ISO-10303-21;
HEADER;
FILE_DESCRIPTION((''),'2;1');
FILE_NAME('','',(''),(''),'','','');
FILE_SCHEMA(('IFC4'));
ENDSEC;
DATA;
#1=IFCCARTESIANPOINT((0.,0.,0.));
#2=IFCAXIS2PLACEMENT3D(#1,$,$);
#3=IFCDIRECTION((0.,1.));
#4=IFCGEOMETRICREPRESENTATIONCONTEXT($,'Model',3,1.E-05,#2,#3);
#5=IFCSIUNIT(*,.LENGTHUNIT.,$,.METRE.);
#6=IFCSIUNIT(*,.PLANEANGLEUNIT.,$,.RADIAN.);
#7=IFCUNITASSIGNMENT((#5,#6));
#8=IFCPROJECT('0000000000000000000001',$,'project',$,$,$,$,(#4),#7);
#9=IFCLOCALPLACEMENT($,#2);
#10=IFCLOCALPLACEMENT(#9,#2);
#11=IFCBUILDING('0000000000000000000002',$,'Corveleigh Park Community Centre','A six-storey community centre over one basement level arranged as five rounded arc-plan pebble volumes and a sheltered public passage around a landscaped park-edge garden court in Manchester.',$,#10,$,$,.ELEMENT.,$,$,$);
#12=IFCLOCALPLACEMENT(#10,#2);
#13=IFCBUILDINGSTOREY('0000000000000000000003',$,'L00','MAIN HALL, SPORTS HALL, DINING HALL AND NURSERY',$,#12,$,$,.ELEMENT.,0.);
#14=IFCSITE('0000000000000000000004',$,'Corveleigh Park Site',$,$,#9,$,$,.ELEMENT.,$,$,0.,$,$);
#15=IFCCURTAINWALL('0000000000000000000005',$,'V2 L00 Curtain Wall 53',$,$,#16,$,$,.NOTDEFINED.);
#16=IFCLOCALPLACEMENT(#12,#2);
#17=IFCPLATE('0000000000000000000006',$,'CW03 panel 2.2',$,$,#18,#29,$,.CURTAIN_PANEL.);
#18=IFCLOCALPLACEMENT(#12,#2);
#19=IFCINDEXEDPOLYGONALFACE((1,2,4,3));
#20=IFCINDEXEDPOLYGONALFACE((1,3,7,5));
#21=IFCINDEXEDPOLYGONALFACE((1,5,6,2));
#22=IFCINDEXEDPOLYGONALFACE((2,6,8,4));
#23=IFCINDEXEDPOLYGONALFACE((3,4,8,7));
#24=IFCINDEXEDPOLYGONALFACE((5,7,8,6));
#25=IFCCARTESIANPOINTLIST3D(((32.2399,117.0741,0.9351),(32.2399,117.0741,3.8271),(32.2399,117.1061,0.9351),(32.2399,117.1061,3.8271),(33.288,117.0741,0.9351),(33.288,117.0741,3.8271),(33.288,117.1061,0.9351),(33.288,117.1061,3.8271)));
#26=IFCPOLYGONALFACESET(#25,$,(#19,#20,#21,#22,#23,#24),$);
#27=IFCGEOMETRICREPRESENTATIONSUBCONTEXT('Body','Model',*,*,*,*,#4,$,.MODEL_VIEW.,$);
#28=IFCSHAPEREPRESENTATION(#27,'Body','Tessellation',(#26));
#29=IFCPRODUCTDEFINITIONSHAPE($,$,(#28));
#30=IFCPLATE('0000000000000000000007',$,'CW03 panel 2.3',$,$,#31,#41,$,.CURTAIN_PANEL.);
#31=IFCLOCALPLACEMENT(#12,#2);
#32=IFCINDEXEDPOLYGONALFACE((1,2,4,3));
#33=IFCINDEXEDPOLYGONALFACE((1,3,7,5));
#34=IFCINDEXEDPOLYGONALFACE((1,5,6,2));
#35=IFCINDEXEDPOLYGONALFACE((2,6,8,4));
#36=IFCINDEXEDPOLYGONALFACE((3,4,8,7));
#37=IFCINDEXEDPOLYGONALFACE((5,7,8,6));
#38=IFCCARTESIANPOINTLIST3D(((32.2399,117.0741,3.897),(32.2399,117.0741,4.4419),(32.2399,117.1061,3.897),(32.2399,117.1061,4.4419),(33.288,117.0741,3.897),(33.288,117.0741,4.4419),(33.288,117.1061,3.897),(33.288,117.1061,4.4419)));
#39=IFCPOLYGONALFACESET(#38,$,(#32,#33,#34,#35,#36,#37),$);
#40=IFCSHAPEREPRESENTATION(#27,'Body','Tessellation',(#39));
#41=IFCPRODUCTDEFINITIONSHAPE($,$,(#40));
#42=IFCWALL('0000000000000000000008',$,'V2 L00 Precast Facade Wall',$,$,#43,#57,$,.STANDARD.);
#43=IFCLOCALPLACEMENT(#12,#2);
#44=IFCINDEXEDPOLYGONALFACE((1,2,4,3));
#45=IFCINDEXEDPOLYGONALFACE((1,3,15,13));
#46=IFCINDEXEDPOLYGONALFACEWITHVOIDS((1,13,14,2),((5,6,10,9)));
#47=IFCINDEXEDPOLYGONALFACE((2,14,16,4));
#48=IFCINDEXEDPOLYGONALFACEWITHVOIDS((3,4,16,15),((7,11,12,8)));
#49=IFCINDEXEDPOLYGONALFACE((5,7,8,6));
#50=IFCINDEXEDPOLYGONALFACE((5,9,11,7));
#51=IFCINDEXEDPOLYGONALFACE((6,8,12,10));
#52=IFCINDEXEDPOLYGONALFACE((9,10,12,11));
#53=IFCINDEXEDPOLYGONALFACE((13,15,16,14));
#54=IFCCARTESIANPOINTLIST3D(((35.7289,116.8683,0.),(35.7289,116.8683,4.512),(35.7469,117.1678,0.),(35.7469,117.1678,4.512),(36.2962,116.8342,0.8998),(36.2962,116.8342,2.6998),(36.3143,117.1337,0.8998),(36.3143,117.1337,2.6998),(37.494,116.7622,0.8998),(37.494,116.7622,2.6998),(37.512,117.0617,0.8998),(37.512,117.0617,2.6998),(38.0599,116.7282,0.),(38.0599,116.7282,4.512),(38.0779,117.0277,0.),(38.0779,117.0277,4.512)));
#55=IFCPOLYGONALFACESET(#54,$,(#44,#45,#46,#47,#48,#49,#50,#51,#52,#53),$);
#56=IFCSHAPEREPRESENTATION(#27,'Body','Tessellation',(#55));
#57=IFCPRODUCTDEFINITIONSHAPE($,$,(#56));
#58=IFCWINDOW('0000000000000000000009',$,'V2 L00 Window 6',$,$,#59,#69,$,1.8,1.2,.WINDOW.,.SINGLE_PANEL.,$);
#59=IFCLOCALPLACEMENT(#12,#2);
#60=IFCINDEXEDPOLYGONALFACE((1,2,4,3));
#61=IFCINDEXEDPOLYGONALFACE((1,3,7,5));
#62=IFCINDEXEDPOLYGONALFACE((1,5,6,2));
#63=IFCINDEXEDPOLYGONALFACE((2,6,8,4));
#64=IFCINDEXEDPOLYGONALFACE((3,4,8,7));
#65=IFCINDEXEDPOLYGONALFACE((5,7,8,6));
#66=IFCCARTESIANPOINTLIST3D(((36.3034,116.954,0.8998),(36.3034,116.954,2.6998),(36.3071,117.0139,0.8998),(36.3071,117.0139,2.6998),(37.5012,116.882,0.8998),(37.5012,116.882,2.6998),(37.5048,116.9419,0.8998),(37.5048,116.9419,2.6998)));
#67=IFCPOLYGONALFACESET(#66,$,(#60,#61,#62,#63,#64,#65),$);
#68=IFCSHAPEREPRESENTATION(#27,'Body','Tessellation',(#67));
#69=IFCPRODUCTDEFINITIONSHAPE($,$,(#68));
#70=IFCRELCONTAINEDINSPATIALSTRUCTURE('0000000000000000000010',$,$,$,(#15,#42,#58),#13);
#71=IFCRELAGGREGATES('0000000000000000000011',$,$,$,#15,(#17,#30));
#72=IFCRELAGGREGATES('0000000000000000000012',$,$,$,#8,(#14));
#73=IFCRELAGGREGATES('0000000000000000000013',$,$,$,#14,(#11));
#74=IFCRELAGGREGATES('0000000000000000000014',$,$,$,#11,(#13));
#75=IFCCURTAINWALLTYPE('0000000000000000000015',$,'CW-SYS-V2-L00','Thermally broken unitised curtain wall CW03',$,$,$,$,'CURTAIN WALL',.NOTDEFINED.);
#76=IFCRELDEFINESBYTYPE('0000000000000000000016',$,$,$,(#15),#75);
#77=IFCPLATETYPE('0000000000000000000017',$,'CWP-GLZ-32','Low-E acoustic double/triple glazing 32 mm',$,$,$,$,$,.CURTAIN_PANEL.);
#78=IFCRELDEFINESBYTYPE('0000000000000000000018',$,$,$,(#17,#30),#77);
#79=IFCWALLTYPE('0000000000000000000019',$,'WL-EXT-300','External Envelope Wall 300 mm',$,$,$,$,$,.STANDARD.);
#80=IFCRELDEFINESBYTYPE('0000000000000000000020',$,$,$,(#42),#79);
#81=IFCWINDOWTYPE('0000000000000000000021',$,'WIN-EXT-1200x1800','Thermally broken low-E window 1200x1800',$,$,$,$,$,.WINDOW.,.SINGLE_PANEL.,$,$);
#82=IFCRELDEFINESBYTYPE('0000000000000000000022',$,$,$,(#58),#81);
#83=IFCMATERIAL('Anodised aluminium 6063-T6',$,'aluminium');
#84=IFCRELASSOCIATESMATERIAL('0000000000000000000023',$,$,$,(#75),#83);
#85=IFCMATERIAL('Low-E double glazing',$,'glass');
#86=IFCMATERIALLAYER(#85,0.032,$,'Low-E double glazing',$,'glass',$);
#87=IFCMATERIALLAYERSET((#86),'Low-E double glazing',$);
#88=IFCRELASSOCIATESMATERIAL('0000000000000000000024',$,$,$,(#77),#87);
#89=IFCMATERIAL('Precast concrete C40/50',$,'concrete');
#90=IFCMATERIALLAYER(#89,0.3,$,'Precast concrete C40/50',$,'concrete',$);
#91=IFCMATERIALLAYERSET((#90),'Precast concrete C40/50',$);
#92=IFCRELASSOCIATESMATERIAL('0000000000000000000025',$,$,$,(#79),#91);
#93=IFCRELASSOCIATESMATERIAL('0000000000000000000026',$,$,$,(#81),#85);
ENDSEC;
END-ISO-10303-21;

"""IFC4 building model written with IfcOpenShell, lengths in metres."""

from ifc_helpers import new_model, si_unit, direction, frame, frame_2d, origin, origin_2d, place, context, subcontext, project, spatial, rectangle, extrude, material, layer, layer_set, type_object, element, fill, aggregate, save


model = new_model("IFC4")

# Units and contexts
model_context = context("Model", 3, precision=1e-05, world=origin(), true_north=direction((0.0, 1.0)))
body_context = subcontext(model_context, "Body", "Model", "MODEL_VIEW")
ifc_project = project(units=[si_unit("LENGTHUNIT", "METRE"), si_unit("PLANEANGLEUNIT", "RADIAN")], contexts=[model_context])

# Site, building, storey
site_placement = place(None, origin())
site = spatial("IfcSite", under=ifc_project, at=site_placement, Name="Corveleigh Park Site", CompositionType="ELEMENT", RefElevation=0.0)
building_placement = place(site_placement, origin())
building = spatial("IfcBuilding", under=site, at=building_placement, Name="Corveleigh Park Community Centre", Description="A six-storey community centre over one basement level arranged as five rounded arc-plan pebble volumes and a sheltered public passage around a landscaped park-edge garden court in Manchester.", CompositionType="ELEMENT")
storey_placement = place(building_placement, origin())
storey = spatial("IfcBuildingStorey", under=building, at=storey_placement, Name="L00", Description="MAIN HALL, SPORTS HALL, DINING HALL AND NURSERY", CompositionType="ELEMENT", Elevation=0.0)

# Shared definitions
ifc_material_1 = material(Name="Anodised aluminium 6063-T6", Category="aluminium")
curtain_wall_type = type_object("IfcCurtainWallType", Name="CW-SYS-V2-L00", Description="Thermally broken unitised curtain wall CW03", ElementType="CURTAIN WALL", PredefinedType="NOTDEFINED", material=ifc_material_1)

# Curtain wall
curtain_wall_1_placement = place(storey_placement, origin())
curtain_wall_1 = element("IfcCurtainWall", 1, at=curtain_wall_1_placement, inside=storey, type_object=curtain_wall_type, Name="V2 L00 Curtain Wall 53", PredefinedType="NOTDEFINED")

# Plates
ifc_material_2 = material(Name="Low-E double glazing", Category="glass")
ifc_layer_1 = layer(ifc_material_2, 0.032, Name="Low-E double glazing", Category="glass")
ifc_layer_set_1 = layer_set([ifc_layer_1], Name="Low-E double glazing")
plate_type_1 = type_object("IfcPlateType", Name="CWP-GLZ-32", Description="Low-E acoustic double/triple glazing 32 mm", PredefinedType="CURTAIN_PANEL", material=ifc_layer_set_1)
plate_1_placement = place(storey_placement, frame((32.7639, 117.0901, 0.9351), z_axis=(0.0, 0.0, 1.0), x_axis=(1.0, 0.0, 0.0)))
plate_1 = element("IfcPlate", 2, at=plate_1_placement, type_object=plate_type_1, Name="CW03 panel 2.2", PredefinedType="CURTAIN_PANEL", context=body_context, shape_type="SweptSolid", body=[
    extrude(rectangle(XDim=1.0481, YDim=0.032, at=origin_2d()), origin(), (0.0, 0.0, 1.0), 2.8921),
])
plate_2_placement = place(storey_placement, frame((32.7639, 117.0901, 3.897), z_axis=(0.0, 0.0, 1.0), x_axis=(1.0, 0.0, 0.0)))
plate_2 = element("IfcPlate", 3, at=plate_2_placement, type_object=plate_type_1, Name="CW03 panel 2.3", PredefinedType="CURTAIN_PANEL", context=body_context, shape_type="SweptSolid", body=[
    extrude(rectangle(XDim=1.0481, YDim=0.032, at=origin_2d()), origin(), (0.0, 0.0, 1.0), 0.5449),
])
aggregate(curtain_wall_1, [plate_1, plate_2])

# Wall, opening, window
ifc_material_3 = material(Name="Precast concrete C40/50", Category="concrete")
ifc_layer_2 = layer(ifc_material_3, 0.3, Name="Precast concrete C40/50", Category="concrete")
ifc_layer_set_2 = layer_set([ifc_layer_2], Name="Precast concrete C40/50")
wall_type = type_object("IfcWallType", Name="WL-EXT-300", Description="External Envelope Wall 300 mm", PredefinedType="STANDARD", material=ifc_layer_set_2)
wall_placement = place(storey_placement, frame((35.738, 117.0181, 0.0), z_axis=(0.0, 0.0, 1.0), x_axis=(0.998198, -0.060009, 0.0)))
wall = element("IfcWall", 4, at=wall_placement, inside=storey, type_object=wall_type, Name="V2 L00 Precast Facade Wall", PredefinedType="STANDARD", context=body_context, shape_type="SweptSolid", body=[
    extrude(rectangle(XDim=2.3352, YDim=0.3, at=frame_2d((1.1675, 0.0))), origin(), (0.0, 0.0, 1.0), 4.512),
])
opening_placement = place(wall_placement, frame((0.5681, 0.0, 0.8999)))
opening = element("IfcOpeningElement", 5, at=opening_placement, cuts=wall, PredefinedType="OPENING", context=body_context, shape_type="SweptSolid", body=[
    extrude(rectangle(XDim=1.2, YDim=1.8, at=frame_2d((0.6001, 0.8999))), frame((0.0, 0.1599, 0.0), z_axis=(0.0, -1.0, 0.0), x_axis=(1.0, 0.0, 0.0)), (0.0, 0.0, 1.0), 0.3201),
])
window_type = type_object("IfcWindowType", Name="WIN-EXT-1200x1800", Description="Thermally broken low-E window 1200x1800", PartitioningType="SINGLE_PANEL", PredefinedType="WINDOW", material=ifc_material_2)
window_placement = place(opening_placement, origin())
window = element("IfcWindow", 6, at=window_placement, inside=storey, type_object=window_type, Name="V2 L00 Window 6", OverallHeight=1.8, OverallWidth=1.2, PartitioningType="SINGLE_PANEL", PredefinedType="WINDOW", context=body_context, shape_type="SweptSolid", body=[
    extrude(rectangle(XDim=1.2, YDim=1.8, at=frame_2d((0.6001, 0.8999))), frame((0.0, 0.03, 0.0), z_axis=(0.0, -1.0, 0.0), x_axis=(1.0, 0.0, 0.0)), (0.0, 0.0, 1.0), 0.0601),
])
fill(opening, window)

save(model, "model.ifc")
